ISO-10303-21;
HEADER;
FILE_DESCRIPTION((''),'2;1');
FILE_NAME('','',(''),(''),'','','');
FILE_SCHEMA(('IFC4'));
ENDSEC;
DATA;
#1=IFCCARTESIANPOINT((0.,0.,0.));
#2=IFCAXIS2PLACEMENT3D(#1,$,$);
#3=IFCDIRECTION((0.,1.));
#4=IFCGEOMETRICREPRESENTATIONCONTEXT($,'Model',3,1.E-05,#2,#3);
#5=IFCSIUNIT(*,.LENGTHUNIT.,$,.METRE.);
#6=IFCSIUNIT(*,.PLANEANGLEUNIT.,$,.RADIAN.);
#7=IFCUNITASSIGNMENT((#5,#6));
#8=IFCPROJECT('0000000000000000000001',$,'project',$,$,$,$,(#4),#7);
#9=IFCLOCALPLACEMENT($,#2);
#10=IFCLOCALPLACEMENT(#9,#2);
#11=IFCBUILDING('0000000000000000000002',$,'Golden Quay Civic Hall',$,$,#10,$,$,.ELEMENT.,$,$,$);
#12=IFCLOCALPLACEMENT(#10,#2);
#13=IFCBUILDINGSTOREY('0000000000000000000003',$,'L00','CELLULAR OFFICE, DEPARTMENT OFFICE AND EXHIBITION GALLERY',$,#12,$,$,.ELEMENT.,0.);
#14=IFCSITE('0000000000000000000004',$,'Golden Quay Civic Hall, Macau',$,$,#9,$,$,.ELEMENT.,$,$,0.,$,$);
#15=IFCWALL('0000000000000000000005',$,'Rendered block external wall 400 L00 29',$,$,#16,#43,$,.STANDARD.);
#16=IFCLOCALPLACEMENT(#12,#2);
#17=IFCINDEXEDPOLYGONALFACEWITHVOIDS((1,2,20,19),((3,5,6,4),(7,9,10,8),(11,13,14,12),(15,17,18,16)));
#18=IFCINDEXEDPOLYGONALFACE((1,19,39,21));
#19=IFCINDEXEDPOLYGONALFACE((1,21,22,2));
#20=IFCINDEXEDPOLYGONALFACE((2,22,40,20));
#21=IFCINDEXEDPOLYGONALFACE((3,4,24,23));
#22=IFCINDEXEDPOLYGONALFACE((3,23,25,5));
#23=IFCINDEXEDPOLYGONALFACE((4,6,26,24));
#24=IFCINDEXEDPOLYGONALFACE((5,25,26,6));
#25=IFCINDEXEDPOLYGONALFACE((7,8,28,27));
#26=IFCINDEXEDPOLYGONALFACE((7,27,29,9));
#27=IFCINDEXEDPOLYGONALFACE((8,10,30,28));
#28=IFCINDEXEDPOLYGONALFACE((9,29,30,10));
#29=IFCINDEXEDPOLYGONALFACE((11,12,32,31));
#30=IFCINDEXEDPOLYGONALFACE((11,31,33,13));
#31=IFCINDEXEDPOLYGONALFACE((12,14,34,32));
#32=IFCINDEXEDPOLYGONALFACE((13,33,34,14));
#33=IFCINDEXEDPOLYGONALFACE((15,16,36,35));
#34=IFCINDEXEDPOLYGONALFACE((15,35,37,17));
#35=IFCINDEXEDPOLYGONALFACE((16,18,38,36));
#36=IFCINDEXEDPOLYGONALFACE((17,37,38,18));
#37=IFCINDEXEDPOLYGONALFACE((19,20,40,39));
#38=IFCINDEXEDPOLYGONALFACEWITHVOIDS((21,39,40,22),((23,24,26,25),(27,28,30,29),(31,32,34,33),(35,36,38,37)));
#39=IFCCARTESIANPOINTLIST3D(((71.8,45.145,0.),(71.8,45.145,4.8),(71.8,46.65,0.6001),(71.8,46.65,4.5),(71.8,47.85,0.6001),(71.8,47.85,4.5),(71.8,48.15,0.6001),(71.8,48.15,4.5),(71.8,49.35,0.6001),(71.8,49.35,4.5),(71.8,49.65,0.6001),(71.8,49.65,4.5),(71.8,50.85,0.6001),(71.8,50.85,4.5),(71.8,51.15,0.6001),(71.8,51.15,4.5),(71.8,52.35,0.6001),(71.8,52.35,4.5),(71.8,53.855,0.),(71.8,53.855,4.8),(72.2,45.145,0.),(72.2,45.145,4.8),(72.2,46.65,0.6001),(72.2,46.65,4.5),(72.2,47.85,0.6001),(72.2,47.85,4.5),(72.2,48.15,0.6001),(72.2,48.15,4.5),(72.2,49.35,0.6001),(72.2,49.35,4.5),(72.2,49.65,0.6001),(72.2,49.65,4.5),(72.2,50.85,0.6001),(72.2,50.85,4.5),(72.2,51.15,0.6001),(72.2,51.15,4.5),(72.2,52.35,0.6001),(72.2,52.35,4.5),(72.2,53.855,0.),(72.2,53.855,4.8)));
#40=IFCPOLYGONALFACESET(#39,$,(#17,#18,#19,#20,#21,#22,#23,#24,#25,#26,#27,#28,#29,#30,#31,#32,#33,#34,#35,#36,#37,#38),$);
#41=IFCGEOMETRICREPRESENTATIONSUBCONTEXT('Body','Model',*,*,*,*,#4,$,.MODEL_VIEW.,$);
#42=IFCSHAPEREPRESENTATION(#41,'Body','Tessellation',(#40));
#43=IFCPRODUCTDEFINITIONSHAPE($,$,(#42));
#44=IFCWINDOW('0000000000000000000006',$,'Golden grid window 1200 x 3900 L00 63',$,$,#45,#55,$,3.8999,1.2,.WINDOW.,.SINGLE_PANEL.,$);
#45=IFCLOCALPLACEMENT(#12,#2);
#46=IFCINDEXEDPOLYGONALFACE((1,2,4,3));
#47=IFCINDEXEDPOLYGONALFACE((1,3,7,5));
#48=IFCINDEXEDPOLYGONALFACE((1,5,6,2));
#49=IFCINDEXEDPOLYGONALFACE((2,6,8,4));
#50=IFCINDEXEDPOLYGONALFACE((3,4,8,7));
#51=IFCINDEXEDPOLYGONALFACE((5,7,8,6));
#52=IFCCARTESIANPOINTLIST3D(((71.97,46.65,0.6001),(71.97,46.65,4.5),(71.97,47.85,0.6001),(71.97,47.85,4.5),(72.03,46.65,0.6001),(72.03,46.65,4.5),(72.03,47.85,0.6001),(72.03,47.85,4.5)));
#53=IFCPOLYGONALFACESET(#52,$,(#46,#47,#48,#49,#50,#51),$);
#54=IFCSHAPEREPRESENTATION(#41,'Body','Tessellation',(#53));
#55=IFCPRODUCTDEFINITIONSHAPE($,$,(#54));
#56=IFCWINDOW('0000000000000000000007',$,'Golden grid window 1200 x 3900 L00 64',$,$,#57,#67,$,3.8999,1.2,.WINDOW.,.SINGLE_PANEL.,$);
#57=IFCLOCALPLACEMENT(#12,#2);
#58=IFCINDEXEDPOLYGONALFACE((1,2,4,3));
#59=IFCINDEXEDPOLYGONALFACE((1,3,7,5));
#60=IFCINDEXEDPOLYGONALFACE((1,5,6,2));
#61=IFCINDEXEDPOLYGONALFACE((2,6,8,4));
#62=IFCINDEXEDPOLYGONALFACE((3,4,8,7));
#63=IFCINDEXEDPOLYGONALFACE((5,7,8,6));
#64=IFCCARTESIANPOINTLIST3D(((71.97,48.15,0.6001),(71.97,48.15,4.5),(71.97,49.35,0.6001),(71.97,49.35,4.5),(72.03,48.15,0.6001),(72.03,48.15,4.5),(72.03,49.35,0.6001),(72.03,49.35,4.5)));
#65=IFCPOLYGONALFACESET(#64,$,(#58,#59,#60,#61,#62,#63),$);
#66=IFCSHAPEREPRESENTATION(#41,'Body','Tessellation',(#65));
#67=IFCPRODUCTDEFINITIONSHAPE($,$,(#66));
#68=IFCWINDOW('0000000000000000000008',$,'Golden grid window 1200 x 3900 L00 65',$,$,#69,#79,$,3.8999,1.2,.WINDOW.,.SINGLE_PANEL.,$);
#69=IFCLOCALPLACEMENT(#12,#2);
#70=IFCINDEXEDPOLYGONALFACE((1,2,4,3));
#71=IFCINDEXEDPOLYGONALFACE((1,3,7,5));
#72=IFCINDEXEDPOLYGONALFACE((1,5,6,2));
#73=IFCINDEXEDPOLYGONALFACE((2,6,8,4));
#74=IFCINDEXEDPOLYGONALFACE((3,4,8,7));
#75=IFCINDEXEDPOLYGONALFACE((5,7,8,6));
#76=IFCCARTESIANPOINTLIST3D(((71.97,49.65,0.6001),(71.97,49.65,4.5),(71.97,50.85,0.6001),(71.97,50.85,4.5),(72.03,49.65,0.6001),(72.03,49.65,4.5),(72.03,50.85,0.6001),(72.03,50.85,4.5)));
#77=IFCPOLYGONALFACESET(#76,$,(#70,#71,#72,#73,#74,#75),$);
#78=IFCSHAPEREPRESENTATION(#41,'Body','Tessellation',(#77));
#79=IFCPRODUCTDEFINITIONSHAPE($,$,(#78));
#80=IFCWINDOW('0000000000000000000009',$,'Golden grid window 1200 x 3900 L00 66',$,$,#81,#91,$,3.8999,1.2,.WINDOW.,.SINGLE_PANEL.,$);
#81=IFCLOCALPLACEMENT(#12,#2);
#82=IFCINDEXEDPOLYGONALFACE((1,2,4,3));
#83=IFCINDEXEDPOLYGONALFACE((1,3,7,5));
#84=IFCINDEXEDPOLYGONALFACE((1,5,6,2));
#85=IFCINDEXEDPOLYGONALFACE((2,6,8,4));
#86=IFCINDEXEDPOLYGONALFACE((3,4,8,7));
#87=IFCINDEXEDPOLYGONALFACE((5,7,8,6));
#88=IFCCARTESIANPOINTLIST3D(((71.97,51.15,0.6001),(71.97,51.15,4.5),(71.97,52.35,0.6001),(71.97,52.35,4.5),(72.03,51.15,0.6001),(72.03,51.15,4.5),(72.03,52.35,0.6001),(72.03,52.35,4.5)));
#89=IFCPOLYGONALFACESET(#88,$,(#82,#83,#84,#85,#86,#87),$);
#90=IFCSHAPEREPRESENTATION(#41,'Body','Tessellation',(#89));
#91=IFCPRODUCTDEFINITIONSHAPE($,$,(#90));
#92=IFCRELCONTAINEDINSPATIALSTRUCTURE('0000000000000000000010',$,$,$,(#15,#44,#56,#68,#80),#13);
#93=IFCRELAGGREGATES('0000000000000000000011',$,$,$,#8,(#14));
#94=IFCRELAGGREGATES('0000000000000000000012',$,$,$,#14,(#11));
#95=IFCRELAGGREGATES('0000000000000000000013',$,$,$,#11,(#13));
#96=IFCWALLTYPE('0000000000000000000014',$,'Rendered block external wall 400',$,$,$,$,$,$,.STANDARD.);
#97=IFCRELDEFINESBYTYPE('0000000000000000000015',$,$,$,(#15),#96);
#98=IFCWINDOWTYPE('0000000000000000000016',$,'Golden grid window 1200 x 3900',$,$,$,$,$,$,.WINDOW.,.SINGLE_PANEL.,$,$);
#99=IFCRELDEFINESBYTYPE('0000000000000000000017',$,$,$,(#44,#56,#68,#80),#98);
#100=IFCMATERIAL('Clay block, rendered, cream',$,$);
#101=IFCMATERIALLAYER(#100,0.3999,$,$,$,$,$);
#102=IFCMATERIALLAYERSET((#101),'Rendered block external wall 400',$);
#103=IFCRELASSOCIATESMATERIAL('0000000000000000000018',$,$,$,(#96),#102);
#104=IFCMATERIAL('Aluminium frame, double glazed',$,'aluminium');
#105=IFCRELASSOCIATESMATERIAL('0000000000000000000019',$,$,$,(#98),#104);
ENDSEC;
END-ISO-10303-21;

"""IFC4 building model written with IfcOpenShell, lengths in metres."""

from ifc_helpers import new_model, si_unit, direction, frame, frame_2d, origin, place, context, subcontext, project, spatial, rectangle, extrude, material, layer, layer_set, type_object, element, fill, save


model = new_model("IFC4")

# Units and contexts
model_context = context("Model", 3, precision=1e-05, world=origin(), true_north=direction((0.0, 1.0)))
body_context = subcontext(model_context, "Body", "Model", "MODEL_VIEW")
ifc_project = project(units=[si_unit("LENGTHUNIT", "METRE"), si_unit("PLANEANGLEUNIT", "RADIAN")], contexts=[model_context])

# Site, building, storey
site_placement = place(None, origin())
site = spatial("IfcSite", under=ifc_project, at=site_placement, Name="Golden Quay Civic Hall, Macau", CompositionType="ELEMENT", RefElevation=0.0)
building_placement = place(site_placement, origin())
building = spatial("IfcBuilding", under=site, at=building_placement, Name="Golden Quay Civic Hall", CompositionType="ELEMENT")
storey_placement = place(building_placement, origin())
storey = spatial("IfcBuildingStorey", under=building, at=storey_placement, Name="L00", Description="CELLULAR OFFICE, DEPARTMENT OFFICE AND EXHIBITION GALLERY", CompositionType="ELEMENT", Elevation=0.0)

# Shared definitions
ifc_material_1 = material(Name="Clay block, rendered, cream")
ifc_layer_1 = layer(ifc_material_1, 0.3999)
ifc_layer_set_1 = layer_set([ifc_layer_1], Name="Rendered block external wall 400")
wall_type_1 = type_object("IfcWallType", Name="Rendered block external wall 400", PredefinedType="STANDARD", material=ifc_layer_set_1)

# Wall, openings, windows
ifc_material_2 = material(Name="Aluminium frame, double glazed", Category="aluminium")
window_type_1 = type_object("IfcWindowType", Name="Golden grid window 1200 x 3900", PartitioningType="SINGLE_PANEL", PredefinedType="WINDOW", material=ifc_material_2)
wall_1_placement = place(storey_placement, frame((72.0, 53.855, 0.0), z_axis=(0.0, 0.0, 1.0), x_axis=(0.0, -1.0, 0.0)))
wall_1 = element("IfcWall", 1, at=wall_1_placement, inside=storey, type_object=wall_type_1, Name="Rendered block external wall 400 L00 29", PredefinedType="STANDARD", context=body_context, shape_type="SweptSolid", body=[
    extrude(rectangle(XDim=8.71, YDim=0.3999, at=frame_2d((4.355, 0.0))), origin(), (0.0, 0.0, 1.0), 4.8),
])
opening_1_placement = place(wall_1_placement, frame((6.0049, 0.0, 0.6001)))
opening_1 = element("IfcOpeningElement", 2, at=opening_1_placement, cuts=wall_1, PredefinedType="OPENING", context=body_context, shape_type="SweptSolid", body=[
    extrude(rectangle(XDim=1.2, YDim=3.8999, at=frame_2d((0.6001, 1.95))), frame((0.0, 0.21, 0.0), z_axis=(0.0, -1.0, 0.0), x_axis=(1.0, 0.0, 0.0)), (0.0, 0.0, 1.0), 0.4199),
])
opening_2_placement = place(wall_1_placement, frame((4.5049, 0.0, 0.6001)))
opening_2 = element("IfcOpeningElement", 3, at=opening_2_placement, cuts=wall_1, PredefinedType="OPENING", context=body_context, shape_type="SweptSolid", body=[
    extrude(rectangle(XDim=1.2, YDim=3.8999, at=frame_2d((0.6001, 1.95))), frame((0.0, 0.21, 0.0), z_axis=(0.0, -1.0, 0.0), x_axis=(1.0, 0.0, 0.0)), (0.0, 0.0, 1.0), 0.4199),
])
opening_3_placement = place(wall_1_placement, frame((3.0049, 0.0, 0.6001)))
opening_3 = element("IfcOpeningElement", 4, at=opening_3_placement, cuts=wall_1, PredefinedType="OPENING", context=body_context, shape_type="SweptSolid", body=[
    extrude(rectangle(XDim=1.2, YDim=3.8999, at=frame_2d((0.6001, 1.95))), frame((0.0, 0.21, 0.0), z_axis=(0.0, -1.0, 0.0), x_axis=(1.0, 0.0, 0.0)), (0.0, 0.0, 1.0), 0.4199),
])
opening_4_placement = place(wall_1_placement, frame((1.5049, 0.0, 0.6001)))
opening_4 = element("IfcOpeningElement", 5, at=opening_4_placement, cuts=wall_1, PredefinedType="OPENING", context=body_context, shape_type="SweptSolid", body=[
    extrude(rectangle(XDim=1.2, YDim=3.8999, at=frame_2d((0.6001, 1.95))), frame((0.0, 0.21, 0.0), z_axis=(0.0, -1.0, 0.0), x_axis=(1.0, 0.0, 0.0)), (0.0, 0.0, 1.0), 0.4199),
])
window_1_placement = place(opening_1_placement, origin())
window_1 = element("IfcWindow", 6, at=window_1_placement, inside=storey, type_object=window_type_1, Name="Golden grid window 1200 x 3900 L00 63", OverallHeight=3.8999, OverallWidth=1.2, PartitioningType="SINGLE_PANEL", PredefinedType="WINDOW", context=body_context, shape_type="SweptSolid", body=[
    extrude(rectangle(XDim=1.2, YDim=3.8999, at=frame_2d((0.6001, 1.95))), frame((0.0, 0.03, 0.0), z_axis=(0.0, -1.0, 0.0), x_axis=(1.0, 0.0, 0.0)), (0.0, 0.0, 1.0), 0.0601),
])
fill(opening_1, window_1)
window_2_placement = place(opening_2_placement, origin())
window_2 = element("IfcWindow", 7, at=window_2_placement, inside=storey, type_object=window_type_1, Name="Golden grid window 1200 x 3900 L00 64", OverallHeight=3.8999, OverallWidth=1.2, PartitioningType="SINGLE_PANEL", PredefinedType="WINDOW", context=body_context, shape_type="SweptSolid", body=[
    extrude(rectangle(XDim=1.2, YDim=3.8999, at=frame_2d((0.6001, 1.95))), frame((0.0, 0.03, 0.0), z_axis=(0.0, -1.0, 0.0), x_axis=(1.0, 0.0, 0.0)), (0.0, 0.0, 1.0), 0.0601),
])
fill(opening_2, window_2)
window_3_placement = place(opening_3_placement, origin())
window_3 = element("IfcWindow", 8, at=window_3_placement, inside=storey, type_object=window_type_1, Name="Golden grid window 1200 x 3900 L00 65", OverallHeight=3.8999, OverallWidth=1.2, PartitioningType="SINGLE_PANEL", PredefinedType="WINDOW", context=body_context, shape_type="SweptSolid", body=[
    extrude(rectangle(XDim=1.2, YDim=3.8999, at=frame_2d((0.6001, 1.95))), frame((0.0, 0.03, 0.0), z_axis=(0.0, -1.0, 0.0), x_axis=(1.0, 0.0, 0.0)), (0.0, 0.0, 1.0), 0.0601),
])
fill(opening_3, window_3)
window_4_placement = place(opening_4_placement, origin())
window_4 = element("IfcWindow", 9, at=window_4_placement, inside=storey, type_object=window_type_1, Name="Golden grid window 1200 x 3900 L00 66", OverallHeight=3.8999, OverallWidth=1.2, PartitioningType="SINGLE_PANEL", PredefinedType="WINDOW", context=body_context, shape_type="SweptSolid", body=[
    extrude(rectangle(XDim=1.2, YDim=3.8999, at=frame_2d((0.6001, 1.95))), frame((0.0, 0.03, 0.0), z_axis=(0.0, -1.0, 0.0), x_axis=(1.0, 0.0, 0.0)), (0.0, 0.0, 1.0), 0.0601),
])
fill(opening_4, window_4)

save(model, "model.ifc")
